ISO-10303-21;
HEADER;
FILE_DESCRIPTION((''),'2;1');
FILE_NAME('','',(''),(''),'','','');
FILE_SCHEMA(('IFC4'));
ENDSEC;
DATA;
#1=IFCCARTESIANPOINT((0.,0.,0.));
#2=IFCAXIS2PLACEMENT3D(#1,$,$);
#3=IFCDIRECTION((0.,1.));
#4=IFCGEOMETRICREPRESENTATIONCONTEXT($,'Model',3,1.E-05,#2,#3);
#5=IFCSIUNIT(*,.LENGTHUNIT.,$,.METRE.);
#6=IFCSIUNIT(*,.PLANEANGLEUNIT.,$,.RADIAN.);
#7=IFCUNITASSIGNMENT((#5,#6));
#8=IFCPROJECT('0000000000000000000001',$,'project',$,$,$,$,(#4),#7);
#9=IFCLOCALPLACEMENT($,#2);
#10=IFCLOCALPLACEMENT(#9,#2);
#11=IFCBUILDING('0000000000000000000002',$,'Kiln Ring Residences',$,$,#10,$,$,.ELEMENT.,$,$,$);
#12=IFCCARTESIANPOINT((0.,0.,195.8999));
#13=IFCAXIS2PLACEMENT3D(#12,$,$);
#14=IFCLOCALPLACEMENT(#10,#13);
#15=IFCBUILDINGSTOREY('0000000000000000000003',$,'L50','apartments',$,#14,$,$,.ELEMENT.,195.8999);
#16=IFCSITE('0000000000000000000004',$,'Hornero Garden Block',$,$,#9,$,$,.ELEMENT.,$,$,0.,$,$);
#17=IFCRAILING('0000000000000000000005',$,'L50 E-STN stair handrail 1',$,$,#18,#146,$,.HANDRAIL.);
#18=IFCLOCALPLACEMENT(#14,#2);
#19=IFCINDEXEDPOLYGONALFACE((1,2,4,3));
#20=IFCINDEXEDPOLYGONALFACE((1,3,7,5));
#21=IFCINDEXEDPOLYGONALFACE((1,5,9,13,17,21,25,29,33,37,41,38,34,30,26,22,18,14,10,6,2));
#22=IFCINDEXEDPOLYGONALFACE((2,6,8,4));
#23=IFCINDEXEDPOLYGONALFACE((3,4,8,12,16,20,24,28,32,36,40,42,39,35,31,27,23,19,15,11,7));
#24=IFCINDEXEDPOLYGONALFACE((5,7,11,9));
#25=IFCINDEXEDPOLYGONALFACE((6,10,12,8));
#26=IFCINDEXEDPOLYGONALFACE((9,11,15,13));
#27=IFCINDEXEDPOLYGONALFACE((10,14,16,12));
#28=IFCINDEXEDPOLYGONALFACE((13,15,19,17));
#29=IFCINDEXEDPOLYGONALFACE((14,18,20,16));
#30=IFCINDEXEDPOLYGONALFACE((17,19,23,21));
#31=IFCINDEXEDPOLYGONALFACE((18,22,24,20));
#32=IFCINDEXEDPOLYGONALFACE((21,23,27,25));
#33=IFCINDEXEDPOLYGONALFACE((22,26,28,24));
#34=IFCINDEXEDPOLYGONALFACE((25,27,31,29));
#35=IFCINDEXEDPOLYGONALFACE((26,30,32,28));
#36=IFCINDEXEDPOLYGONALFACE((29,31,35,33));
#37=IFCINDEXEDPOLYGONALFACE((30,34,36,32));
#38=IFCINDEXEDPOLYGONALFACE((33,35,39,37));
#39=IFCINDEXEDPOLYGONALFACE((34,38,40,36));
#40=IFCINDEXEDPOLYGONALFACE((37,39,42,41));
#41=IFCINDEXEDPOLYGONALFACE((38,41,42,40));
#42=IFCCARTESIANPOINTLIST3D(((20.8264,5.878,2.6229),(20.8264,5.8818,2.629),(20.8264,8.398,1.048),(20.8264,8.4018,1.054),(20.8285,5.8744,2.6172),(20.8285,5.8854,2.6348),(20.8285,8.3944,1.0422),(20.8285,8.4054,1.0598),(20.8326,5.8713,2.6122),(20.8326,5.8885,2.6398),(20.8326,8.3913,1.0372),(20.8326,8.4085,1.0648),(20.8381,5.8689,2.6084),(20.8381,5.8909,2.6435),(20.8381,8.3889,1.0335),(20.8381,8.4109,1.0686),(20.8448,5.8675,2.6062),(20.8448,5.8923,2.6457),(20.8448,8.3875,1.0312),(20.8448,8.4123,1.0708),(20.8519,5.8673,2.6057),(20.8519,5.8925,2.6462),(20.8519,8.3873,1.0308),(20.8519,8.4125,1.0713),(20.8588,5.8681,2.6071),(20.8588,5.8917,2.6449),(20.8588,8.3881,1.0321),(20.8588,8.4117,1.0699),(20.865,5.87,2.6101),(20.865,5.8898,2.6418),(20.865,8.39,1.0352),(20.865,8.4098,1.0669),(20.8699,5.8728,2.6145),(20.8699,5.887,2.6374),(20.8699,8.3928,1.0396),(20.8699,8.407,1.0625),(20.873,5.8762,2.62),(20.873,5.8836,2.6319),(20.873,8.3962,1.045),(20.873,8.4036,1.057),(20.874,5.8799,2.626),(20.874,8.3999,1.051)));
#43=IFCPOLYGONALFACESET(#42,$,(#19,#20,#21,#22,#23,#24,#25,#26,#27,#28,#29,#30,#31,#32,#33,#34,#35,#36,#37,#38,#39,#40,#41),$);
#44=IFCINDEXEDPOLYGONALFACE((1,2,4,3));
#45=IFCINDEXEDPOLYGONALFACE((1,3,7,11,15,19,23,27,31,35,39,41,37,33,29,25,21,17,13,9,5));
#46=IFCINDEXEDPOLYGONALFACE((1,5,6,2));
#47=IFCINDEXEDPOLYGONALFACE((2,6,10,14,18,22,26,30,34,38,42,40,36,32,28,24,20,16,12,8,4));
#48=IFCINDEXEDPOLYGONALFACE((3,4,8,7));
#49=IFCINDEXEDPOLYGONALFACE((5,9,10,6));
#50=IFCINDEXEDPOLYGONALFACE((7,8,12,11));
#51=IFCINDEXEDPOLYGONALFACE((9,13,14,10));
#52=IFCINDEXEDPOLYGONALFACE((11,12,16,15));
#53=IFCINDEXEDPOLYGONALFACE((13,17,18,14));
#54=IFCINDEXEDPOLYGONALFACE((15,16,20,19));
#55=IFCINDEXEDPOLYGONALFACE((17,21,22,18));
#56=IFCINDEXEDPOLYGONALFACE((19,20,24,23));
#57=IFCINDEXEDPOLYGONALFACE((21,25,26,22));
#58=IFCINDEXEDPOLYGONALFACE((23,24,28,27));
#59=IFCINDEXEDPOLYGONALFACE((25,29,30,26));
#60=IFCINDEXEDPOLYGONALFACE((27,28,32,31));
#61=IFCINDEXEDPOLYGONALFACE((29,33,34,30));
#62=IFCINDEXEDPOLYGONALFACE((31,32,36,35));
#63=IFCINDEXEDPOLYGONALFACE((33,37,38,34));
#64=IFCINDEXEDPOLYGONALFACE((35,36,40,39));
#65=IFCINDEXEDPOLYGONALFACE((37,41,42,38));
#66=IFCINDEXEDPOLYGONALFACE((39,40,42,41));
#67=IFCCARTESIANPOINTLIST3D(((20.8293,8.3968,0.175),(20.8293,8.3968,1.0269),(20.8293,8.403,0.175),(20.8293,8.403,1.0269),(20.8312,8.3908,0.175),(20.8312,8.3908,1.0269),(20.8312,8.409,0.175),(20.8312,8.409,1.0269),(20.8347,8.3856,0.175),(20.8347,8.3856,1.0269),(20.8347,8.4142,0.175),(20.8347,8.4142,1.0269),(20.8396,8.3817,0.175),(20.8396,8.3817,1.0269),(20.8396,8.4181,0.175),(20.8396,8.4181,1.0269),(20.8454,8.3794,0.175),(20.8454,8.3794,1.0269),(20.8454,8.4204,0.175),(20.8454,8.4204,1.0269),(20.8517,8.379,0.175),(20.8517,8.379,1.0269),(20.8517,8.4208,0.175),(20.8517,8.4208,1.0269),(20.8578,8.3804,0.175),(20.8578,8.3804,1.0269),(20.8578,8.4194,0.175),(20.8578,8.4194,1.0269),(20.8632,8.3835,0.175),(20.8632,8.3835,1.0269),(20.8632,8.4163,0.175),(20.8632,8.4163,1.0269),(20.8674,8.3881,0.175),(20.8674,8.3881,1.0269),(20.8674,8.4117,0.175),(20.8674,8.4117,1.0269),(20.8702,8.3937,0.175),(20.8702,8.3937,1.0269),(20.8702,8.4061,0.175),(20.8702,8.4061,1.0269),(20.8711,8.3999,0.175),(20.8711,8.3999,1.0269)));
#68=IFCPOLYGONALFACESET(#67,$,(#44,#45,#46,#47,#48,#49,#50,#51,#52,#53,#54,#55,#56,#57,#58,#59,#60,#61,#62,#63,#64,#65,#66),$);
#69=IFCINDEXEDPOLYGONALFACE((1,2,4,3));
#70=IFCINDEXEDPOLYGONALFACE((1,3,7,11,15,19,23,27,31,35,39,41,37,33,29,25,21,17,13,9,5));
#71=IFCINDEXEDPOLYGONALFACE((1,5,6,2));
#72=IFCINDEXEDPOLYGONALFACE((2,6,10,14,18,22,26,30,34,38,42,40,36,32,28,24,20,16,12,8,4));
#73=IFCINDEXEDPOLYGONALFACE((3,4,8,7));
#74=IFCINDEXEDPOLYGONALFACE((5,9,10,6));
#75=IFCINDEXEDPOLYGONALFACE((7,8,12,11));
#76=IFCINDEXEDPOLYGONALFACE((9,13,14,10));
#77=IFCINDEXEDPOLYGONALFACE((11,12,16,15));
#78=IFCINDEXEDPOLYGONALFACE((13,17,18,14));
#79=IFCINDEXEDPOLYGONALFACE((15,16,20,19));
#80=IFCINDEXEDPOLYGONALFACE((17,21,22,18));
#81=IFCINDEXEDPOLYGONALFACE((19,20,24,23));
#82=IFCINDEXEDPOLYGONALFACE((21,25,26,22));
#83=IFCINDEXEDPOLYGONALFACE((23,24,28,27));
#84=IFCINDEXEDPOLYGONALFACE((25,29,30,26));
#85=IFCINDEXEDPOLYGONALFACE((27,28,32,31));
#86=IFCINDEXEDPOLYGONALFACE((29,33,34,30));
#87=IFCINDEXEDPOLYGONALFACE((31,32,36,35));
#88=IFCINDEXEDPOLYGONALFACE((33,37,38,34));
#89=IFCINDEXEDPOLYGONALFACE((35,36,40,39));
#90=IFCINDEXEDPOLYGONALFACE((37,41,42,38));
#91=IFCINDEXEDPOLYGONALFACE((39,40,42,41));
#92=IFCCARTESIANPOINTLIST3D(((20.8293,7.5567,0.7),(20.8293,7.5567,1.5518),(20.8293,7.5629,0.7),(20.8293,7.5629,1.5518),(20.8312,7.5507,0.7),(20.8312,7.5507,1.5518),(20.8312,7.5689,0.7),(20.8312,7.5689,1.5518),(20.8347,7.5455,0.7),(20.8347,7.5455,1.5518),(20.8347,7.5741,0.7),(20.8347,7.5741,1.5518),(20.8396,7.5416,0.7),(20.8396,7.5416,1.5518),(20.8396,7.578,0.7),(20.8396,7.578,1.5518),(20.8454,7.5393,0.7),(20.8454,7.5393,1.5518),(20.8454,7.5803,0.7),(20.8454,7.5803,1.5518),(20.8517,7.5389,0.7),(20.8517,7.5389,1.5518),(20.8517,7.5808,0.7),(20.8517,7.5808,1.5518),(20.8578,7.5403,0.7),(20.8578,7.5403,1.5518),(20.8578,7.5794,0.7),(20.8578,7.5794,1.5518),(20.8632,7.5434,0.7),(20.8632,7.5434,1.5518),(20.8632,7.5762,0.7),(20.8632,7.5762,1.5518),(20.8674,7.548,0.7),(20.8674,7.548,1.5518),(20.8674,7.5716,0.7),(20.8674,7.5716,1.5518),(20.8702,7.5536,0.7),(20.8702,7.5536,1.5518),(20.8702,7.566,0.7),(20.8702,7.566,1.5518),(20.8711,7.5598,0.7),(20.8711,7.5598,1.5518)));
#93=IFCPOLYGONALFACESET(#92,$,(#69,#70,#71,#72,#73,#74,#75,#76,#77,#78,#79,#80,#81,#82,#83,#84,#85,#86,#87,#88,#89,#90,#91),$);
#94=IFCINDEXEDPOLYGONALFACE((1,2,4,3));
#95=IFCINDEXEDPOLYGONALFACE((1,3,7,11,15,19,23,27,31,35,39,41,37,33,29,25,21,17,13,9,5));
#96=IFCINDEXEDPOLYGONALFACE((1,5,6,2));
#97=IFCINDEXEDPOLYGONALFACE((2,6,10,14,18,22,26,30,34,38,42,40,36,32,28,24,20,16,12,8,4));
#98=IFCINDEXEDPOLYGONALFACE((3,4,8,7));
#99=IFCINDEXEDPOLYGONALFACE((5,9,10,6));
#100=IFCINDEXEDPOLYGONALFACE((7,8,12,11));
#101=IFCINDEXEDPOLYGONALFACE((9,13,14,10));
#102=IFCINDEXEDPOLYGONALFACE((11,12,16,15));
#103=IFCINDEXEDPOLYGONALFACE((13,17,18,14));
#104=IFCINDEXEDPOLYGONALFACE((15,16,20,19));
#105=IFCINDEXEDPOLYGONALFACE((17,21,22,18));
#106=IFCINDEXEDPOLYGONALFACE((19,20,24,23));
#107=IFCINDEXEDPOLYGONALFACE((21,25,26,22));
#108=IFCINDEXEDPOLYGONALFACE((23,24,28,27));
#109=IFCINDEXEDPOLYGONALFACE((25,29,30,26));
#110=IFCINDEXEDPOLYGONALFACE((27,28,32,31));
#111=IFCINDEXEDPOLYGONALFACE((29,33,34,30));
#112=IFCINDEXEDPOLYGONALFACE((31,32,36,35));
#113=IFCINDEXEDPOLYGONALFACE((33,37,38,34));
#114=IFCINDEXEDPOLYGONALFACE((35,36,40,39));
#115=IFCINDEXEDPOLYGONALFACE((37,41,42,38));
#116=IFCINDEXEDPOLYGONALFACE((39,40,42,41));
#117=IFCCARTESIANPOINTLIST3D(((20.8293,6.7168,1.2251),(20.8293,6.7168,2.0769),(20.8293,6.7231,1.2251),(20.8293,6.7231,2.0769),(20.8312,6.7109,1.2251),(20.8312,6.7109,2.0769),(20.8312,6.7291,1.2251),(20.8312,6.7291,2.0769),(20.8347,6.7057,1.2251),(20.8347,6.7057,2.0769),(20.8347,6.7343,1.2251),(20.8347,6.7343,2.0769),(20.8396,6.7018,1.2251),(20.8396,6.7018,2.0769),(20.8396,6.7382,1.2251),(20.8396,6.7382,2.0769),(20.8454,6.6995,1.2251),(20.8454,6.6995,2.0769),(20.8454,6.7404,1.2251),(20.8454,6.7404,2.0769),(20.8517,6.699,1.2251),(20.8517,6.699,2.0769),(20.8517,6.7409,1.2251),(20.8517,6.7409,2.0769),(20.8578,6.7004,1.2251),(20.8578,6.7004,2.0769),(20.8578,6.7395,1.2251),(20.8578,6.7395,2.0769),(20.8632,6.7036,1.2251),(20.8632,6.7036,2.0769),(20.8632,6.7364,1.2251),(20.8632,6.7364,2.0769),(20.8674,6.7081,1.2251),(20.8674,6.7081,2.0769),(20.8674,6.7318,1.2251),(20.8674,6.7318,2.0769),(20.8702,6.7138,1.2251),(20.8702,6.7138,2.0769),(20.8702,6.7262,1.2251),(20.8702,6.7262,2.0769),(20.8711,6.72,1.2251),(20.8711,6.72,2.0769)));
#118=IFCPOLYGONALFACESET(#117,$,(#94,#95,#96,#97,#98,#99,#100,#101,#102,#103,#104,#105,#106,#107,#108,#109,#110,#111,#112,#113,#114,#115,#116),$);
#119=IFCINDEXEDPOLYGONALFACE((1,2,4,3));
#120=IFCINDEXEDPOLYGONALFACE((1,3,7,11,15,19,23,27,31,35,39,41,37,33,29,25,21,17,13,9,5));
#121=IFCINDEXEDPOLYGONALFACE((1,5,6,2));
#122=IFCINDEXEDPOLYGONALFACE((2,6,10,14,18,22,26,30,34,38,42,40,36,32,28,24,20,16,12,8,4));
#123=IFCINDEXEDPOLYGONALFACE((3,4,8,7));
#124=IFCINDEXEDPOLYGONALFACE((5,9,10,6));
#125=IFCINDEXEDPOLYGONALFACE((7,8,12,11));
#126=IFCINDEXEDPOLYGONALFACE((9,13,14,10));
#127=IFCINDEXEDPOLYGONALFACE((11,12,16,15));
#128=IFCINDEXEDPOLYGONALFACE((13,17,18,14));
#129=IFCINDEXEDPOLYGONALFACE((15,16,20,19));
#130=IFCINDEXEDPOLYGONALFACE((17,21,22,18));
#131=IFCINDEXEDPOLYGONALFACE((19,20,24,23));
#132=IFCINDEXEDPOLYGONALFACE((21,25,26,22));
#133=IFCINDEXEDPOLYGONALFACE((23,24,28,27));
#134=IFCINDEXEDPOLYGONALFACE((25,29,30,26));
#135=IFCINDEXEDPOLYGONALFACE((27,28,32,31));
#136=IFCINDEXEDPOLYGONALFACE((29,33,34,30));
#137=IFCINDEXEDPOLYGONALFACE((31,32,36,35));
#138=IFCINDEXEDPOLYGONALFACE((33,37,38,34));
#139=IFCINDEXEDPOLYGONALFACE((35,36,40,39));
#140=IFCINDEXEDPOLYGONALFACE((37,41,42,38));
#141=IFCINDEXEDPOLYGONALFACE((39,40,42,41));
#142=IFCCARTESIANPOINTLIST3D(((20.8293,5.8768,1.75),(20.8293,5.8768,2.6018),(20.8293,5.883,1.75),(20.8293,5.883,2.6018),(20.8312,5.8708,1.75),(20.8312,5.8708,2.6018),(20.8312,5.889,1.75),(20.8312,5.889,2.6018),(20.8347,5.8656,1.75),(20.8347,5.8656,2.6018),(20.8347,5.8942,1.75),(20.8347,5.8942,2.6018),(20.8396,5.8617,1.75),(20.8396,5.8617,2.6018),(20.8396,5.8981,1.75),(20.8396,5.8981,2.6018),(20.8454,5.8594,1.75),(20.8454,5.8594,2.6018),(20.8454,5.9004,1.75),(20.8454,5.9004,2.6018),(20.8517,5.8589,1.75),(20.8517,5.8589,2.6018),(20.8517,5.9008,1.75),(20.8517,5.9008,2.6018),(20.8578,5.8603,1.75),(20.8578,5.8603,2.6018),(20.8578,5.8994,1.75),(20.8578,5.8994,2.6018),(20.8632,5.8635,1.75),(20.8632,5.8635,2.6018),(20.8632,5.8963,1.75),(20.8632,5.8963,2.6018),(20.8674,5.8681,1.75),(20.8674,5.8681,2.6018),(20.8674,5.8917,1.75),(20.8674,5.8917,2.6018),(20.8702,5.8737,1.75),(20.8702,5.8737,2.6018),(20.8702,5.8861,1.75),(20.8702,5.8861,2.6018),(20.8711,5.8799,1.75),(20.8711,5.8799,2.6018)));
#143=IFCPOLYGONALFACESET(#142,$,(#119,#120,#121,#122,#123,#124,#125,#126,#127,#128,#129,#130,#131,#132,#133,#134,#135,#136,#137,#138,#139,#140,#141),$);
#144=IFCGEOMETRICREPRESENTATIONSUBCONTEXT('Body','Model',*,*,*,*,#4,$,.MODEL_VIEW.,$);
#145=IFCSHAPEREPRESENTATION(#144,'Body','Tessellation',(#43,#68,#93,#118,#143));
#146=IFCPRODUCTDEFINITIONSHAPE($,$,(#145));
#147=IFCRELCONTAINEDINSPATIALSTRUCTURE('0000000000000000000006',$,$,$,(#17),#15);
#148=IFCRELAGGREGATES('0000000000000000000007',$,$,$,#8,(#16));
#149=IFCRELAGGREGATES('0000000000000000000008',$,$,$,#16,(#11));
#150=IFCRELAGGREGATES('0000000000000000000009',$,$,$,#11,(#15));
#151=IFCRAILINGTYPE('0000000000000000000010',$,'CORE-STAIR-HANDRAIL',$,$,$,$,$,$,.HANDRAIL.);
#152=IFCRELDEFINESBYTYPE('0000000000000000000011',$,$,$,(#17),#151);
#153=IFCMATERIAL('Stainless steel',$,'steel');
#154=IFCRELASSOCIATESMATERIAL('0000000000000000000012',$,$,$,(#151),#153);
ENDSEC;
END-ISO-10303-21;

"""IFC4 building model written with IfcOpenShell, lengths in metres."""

from ifc_helpers import new_model, si_unit, direction, frame, origin, origin_2d, place, context, subcontext, project, spatial, circle, extrude, material, type_object, element, save


model = new_model("IFC4")

# Units and contexts
model_context = context("Model", 3, precision=1e-05, world=origin(), true_north=direction((0.0, 1.0)))
body_context = subcontext(model_context, "Body", "Model", "MODEL_VIEW")
ifc_project = project(units=[si_unit("LENGTHUNIT", "METRE"), si_unit("PLANEANGLEUNIT", "RADIAN")], contexts=[model_context])

# Site, building, storey
site_placement = place(None, origin())
site = spatial("IfcSite", under=ifc_project, at=site_placement, Name="Hornero Garden Block", CompositionType="ELEMENT", RefElevation=0.0)
building_placement = place(site_placement, origin())
building = spatial("IfcBuilding", under=site, at=building_placement, Name="Kiln Ring Residences", CompositionType="ELEMENT")
storey_placement = place(building_placement, frame((0.0, 0.0, 195.8999)))
storey = spatial("IfcBuildingStorey", under=building, at=storey_placement, Name="L50", Description="apartments", CompositionType="ELEMENT", Elevation=195.8999)

# Railing
ifc_material_1 = material(Name="Stainless steel", Category="steel")
railing_type_1 = type_object("IfcRailingType", Name="CORE-STAIR-HANDRAIL", PredefinedType="HANDRAIL", material=ifc_material_1)
railing_1_placement = place(storey_placement, frame((20.8501, 8.3999, 0.175)))
element("IfcRailing", 1, at=railing_1_placement, inside=storey, type_object=railing_type_1, Name="L50 E-STN stair handrail 1", PredefinedType="HANDRAIL", context=body_context, shape_type="SweptSolid", body=[
    extrude(circle(Radius=0.0239, at=origin_2d()), frame((0.0, 0.0, 0.876), z_axis=(0.0, -0.848008, 0.529984), x_axis=(1.0, 0.0, 0.0)), (0.0, 0.0, 1.0), 2.9717),
    extrude(circle(Radius=0.021, at=origin_2d()), origin(), (0.0, 0.0, 1.0), 0.8518),
    extrude(circle(Radius=0.021, at=origin_2d()), frame((0.0, -0.8401, 0.5249)), (0.0, 0.0, 1.0), 0.8518),
    extrude(circle(Radius=0.021, at=origin_2d()), frame((0.0, -1.6799, 1.05)), (0.0, 0.0, 1.0), 0.8518),
    extrude(circle(Radius=0.021, at=origin_2d()), frame((0.0, -2.52, 1.575)), (0.0, 0.0, 1.0), 0.8518),
])

save(model, "model.ifc")
